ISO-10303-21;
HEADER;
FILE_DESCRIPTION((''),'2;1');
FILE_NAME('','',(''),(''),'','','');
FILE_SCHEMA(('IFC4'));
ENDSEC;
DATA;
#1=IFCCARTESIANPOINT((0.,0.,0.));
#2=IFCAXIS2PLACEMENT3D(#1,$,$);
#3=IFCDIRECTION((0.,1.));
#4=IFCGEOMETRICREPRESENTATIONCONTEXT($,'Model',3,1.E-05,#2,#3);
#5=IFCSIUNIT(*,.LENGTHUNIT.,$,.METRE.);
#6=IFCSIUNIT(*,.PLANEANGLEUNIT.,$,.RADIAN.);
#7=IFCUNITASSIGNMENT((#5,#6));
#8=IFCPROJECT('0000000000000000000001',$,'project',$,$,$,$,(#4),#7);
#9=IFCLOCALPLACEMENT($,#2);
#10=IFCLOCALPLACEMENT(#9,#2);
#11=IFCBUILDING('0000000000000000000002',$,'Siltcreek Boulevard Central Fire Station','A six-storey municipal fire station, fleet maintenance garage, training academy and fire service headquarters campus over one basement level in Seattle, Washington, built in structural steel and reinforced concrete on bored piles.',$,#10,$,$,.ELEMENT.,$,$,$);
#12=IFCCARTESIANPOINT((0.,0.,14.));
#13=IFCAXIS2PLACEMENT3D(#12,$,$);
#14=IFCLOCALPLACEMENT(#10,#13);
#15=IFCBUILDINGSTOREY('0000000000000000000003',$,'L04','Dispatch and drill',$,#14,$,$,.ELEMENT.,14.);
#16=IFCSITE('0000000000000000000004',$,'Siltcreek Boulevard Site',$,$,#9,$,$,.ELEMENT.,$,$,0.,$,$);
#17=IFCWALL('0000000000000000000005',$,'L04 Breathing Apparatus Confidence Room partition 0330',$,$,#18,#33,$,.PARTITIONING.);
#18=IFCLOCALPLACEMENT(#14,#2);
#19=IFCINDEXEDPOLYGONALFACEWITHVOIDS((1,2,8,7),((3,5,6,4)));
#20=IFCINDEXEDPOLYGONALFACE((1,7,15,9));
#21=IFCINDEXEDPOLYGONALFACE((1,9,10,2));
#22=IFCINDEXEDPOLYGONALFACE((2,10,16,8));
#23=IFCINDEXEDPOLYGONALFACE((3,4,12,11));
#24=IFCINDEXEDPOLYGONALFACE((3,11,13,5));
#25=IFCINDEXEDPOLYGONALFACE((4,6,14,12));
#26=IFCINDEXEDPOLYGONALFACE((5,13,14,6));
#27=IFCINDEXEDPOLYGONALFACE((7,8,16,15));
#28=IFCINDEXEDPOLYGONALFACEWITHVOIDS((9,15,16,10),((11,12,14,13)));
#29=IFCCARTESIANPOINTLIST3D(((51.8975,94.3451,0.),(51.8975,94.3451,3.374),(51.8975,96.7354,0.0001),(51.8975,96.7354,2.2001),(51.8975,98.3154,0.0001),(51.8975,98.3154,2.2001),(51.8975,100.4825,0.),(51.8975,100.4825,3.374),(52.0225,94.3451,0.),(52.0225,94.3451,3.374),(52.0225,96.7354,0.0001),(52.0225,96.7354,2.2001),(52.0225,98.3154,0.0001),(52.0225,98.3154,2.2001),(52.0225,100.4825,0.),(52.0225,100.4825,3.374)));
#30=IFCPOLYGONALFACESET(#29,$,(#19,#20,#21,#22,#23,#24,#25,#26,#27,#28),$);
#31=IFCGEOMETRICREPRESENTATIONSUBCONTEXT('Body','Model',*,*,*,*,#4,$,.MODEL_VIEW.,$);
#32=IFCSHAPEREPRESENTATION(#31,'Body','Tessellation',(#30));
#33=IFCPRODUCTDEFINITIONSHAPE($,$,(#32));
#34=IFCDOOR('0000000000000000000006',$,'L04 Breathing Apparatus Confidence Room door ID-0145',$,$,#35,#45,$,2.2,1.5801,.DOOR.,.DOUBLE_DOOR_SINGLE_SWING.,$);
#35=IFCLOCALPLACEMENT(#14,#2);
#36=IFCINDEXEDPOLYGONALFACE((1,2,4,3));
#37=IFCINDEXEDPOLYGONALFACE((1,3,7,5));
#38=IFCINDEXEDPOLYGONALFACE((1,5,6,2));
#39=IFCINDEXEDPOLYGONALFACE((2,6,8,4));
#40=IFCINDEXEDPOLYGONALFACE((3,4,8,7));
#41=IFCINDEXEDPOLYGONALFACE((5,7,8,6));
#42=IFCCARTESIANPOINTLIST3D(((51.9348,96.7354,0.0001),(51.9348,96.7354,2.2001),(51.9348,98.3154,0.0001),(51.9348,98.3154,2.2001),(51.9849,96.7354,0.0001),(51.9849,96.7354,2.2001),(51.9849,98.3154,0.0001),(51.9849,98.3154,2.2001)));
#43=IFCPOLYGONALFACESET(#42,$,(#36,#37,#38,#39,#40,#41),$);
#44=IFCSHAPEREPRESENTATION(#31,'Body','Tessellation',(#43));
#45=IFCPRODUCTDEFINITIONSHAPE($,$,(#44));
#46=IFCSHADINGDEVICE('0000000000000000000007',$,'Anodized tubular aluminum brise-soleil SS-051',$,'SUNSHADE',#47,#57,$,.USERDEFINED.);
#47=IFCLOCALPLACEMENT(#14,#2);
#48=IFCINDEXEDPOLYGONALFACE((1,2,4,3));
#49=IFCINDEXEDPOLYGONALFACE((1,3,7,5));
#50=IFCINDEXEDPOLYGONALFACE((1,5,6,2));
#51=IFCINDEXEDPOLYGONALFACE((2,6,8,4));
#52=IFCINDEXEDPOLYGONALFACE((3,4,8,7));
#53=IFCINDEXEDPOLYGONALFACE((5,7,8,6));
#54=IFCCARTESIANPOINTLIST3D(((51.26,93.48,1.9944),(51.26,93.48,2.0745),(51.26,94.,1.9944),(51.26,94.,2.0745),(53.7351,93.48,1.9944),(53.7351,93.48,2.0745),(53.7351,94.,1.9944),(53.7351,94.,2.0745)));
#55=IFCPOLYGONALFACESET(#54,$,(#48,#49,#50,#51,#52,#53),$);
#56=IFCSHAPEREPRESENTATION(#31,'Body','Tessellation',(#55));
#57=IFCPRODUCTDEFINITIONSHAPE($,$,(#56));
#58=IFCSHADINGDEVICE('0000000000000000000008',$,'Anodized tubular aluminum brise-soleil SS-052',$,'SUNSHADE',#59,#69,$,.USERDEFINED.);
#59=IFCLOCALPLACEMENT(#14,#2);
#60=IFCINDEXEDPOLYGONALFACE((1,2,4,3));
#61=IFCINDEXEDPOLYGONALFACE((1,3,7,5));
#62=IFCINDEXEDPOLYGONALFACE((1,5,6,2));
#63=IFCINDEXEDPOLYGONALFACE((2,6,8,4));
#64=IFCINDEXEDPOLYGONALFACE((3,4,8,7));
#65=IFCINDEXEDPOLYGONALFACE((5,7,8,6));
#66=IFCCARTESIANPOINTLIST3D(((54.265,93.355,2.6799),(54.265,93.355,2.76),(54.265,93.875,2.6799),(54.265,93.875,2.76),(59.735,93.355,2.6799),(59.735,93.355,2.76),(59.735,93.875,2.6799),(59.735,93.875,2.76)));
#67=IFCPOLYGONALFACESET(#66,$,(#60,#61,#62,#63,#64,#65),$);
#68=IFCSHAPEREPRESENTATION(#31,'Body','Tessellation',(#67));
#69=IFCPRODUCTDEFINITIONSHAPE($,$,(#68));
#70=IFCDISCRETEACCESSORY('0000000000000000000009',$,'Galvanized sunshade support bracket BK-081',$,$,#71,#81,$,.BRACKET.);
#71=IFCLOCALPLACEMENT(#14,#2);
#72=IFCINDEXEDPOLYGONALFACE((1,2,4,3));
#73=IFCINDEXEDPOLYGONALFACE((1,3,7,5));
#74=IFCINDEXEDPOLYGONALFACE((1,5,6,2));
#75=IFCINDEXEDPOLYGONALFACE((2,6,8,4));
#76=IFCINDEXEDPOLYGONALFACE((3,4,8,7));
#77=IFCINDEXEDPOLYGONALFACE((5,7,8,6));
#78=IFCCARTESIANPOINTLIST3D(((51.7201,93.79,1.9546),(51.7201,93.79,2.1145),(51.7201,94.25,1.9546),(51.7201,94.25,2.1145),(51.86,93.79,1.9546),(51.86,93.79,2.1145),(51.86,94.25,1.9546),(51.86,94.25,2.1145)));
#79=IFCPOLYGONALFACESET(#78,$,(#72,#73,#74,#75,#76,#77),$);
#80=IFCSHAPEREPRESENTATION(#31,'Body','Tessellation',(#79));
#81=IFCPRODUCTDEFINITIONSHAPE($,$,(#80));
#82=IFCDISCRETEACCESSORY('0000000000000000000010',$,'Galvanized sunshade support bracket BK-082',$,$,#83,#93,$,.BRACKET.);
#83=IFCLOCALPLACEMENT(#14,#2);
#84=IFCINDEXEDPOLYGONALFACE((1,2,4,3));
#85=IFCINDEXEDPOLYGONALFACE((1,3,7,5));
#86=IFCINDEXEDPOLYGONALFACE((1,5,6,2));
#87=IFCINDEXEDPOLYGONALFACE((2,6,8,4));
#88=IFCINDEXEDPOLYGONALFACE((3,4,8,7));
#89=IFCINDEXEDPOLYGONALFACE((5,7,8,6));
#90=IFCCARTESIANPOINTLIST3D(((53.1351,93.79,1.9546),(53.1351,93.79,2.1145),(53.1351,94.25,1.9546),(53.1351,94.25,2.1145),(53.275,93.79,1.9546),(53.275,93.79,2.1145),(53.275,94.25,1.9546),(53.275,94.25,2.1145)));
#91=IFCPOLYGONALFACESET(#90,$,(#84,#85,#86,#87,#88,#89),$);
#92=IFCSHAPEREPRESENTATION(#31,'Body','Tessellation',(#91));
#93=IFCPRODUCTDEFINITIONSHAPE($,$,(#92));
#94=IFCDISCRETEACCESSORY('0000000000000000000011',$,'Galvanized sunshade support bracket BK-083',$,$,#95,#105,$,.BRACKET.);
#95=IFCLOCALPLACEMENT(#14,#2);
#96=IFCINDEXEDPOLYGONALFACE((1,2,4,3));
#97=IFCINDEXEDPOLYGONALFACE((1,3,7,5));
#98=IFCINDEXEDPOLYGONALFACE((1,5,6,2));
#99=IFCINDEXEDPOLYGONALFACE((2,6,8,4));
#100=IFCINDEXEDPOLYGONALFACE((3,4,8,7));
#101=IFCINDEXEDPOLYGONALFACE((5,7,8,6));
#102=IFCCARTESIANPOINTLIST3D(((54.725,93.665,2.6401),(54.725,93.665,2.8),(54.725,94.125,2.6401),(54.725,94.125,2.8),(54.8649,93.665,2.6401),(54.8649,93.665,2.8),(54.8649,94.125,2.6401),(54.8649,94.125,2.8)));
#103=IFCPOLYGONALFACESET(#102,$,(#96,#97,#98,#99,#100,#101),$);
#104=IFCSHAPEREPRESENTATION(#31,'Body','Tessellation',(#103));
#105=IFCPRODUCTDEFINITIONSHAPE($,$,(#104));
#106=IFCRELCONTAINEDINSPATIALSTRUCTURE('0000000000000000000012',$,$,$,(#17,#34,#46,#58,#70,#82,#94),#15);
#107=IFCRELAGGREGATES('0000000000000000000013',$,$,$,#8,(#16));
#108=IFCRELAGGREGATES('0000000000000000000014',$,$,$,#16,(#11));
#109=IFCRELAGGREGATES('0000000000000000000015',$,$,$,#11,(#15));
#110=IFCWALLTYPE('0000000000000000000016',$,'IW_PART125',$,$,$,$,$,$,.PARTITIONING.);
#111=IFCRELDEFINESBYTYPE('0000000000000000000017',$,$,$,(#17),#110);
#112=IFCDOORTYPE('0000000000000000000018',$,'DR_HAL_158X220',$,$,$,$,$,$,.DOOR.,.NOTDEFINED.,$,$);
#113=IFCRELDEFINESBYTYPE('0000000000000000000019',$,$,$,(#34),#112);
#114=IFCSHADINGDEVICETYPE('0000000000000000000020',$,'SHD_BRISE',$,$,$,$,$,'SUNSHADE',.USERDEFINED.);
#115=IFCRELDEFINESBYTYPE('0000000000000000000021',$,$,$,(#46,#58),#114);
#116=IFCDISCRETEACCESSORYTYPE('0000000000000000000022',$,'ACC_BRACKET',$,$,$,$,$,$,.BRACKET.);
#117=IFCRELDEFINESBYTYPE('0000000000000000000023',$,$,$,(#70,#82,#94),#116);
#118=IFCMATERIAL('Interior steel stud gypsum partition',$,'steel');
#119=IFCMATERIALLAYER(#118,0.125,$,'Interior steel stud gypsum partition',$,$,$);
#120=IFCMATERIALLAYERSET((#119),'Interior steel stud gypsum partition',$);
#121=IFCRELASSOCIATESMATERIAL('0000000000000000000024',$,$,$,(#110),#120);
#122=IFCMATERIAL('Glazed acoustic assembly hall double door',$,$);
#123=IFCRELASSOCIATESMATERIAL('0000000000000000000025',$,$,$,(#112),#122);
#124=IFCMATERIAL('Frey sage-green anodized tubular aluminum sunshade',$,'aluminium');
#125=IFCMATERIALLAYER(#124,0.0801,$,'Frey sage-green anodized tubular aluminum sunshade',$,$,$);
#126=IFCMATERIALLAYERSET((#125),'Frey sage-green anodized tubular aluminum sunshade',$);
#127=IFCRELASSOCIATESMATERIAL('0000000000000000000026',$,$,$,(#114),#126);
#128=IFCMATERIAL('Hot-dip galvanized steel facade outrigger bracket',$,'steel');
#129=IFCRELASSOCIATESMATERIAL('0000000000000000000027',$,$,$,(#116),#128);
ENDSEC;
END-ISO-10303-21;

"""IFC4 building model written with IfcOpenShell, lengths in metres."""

from ifc_helpers import new_model, si_unit, direction, frame, frame_2d, origin, origin_2d, place, context, subcontext, project, spatial, rectangle, extrude, material, layer, layer_set, type_object, element, fill, save


model = new_model("IFC4")

# Units and contexts
model_context = context("Model", 3, precision=1e-05, world=origin(), true_north=direction((0.0, 1.0)))
body_context = subcontext(model_context, "Body", "Model", "MODEL_VIEW")
ifc_project = project(units=[si_unit("LENGTHUNIT", "METRE"), si_unit("PLANEANGLEUNIT", "RADIAN")], contexts=[model_context])

# Site, building, storey
site_placement = place(None, origin())
site = spatial("IfcSite", under=ifc_project, at=site_placement, Name="Siltcreek Boulevard Site", CompositionType="ELEMENT", RefElevation=0.0)
building_placement = place(site_placement, origin())
building = spatial("IfcBuilding", under=site, at=building_placement, Name="Siltcreek Boulevard Central Fire Station", Description="A six-storey municipal fire station, fleet maintenance garage, training academy and fire service headquarters campus over one basement level in Seattle, Washington, built in structural steel and reinforced concrete on bored piles.", CompositionType="ELEMENT")
storey_placement = place(building_placement, frame((0.0, 0.0, 14.0)))
storey = spatial("IfcBuildingStorey", under=building, at=storey_placement, Name="L04", Description="Dispatch and drill", CompositionType="ELEMENT", Elevation=14.0)

# Wall, opening, door
ifc_material_1 = material(Name="Interior steel stud gypsum partition", Category="steel")
ifc_layer_1 = layer(ifc_material_1, 0.125, Name="Interior steel stud gypsum partition")
ifc_layer_set_1 = layer_set([ifc_layer_1], Name="Interior steel stud gypsum partition")
wall_type_1 = type_object("IfcWallType", Name="IW_PART125", PredefinedType="PARTITIONING", material=ifc_layer_set_1)
wall_1_placement = place(storey_placement, frame((51.96, 94.345, 0.0), z_axis=(0.0, 0.0, 1.0), x_axis=(0.0, 1.0, 0.0)))
wall_1 = element("IfcWall", 1, at=wall_1_placement, inside=storey, type_object=wall_type_1, Name="L04 Breathing Apparatus Confidence Room partition 0330", PredefinedType="PARTITIONING", context=body_context, shape_type="SweptSolid", body=[
    extrude(rectangle(XDim=6.1375, YDim=0.125, at=frame_2d((3.0688, 0.0))), origin(), (0.0, 0.0, 1.0), 3.374),
])
opening_1_placement = place(wall_1_placement, frame((2.3904, 0.0, 0.0)))
opening_1 = element("IfcOpeningElement", 2, at=opening_1_placement, cuts=wall_1, PredefinedType="OPENING", context=body_context, shape_type="SweptSolid", body=[
    extrude(rectangle(XDim=1.5801, YDim=2.2, at=frame_2d((0.79, 1.1001))), frame((0.0, 0.0725, 0.0), z_axis=(0.0, -1.0, 0.0), x_axis=(1.0, 0.0, 0.0)), (0.0, 0.0, 1.0), 0.145),
])
ifc_material_2 = material(Name="Glazed acoustic assembly hall double door")
door_type = type_object("IfcDoorType", Name="DR_HAL_158X220", OperationType="NOTDEFINED", PredefinedType="DOOR", material=ifc_material_2)
door_placement = place(opening_1_placement, frame((1.5801, 0.0, 0.0), z_axis=(0.0, 0.0, 1.0), x_axis=(-1.0, 0.0, 0.0)))
door = element("IfcDoor", 3, at=door_placement, inside=storey, type_object=door_type, Name="L04 Breathing Apparatus Confidence Room door ID-0145", OperationType="DOUBLE_DOOR_SINGLE_SWING", OverallHeight=2.2, OverallWidth=1.5801, PredefinedType="DOOR", context=body_context, shape_type="SweptSolid", body=[
    extrude(rectangle(XDim=1.5801, YDim=2.2, at=frame_2d((0.79, 1.1001))), frame((0.0, 0.0249, 0.0), z_axis=(0.0, -1.0, 0.0), x_axis=(1.0, 0.0, 0.0)), (0.0, 0.0, 1.0), 0.05),
])
fill(opening_1, door)

# Shading devices
ifc_material_3 = material(Name="Frey sage-green anodized tubular aluminum sunshade", Category="aluminium")
ifc_layer_2 = layer(ifc_material_3, 0.0801, Name="Frey sage-green anodized tubular aluminum sunshade")
ifc_layer_set_2 = layer_set([ifc_layer_2], Name="Frey sage-green anodized tubular aluminum sunshade")
shading_device_type = type_object("IfcShadingDeviceType", Name="SHD_BRISE", ElementType="SUNSHADE", PredefinedType="USERDEFINED", material=ifc_layer_set_2)
shading_device_1_placement = place(storey_placement, frame((52.4976, 93.74, 1.9944), z_axis=(0.0, 0.0, 1.0), x_axis=(1.0, 0.0, 0.0)))
element("IfcShadingDevice", 4, at=shading_device_1_placement, inside=storey, type_object=shading_device_type, Name="Anodized tubular aluminum brise-soleil SS-051", ObjectType="SUNSHADE", PredefinedType="USERDEFINED", context=body_context, shape_type="SweptSolid", body=[
    extrude(rectangle(XDim=2.4751, YDim=0.52, at=origin_2d()), origin(), (0.0, 0.0, 1.0), 0.0801),
])
shading_device_2_placement = place(storey_placement, frame((57.0, 93.615, 2.6799), z_axis=(0.0, 0.0, 1.0), x_axis=(1.0, 0.0, 0.0)))
element("IfcShadingDevice", 5, at=shading_device_2_placement, inside=storey, type_object=shading_device_type, Name="Anodized tubular aluminum brise-soleil SS-052", ObjectType="SUNSHADE", PredefinedType="USERDEFINED", context=body_context, shape_type="SweptSolid", body=[
    extrude(rectangle(XDim=5.47, YDim=0.52, at=origin_2d()), origin(), (0.0, 0.0, 1.0), 0.0801),
])

# Discrete accessories
ifc_material_4 = material(Name="Hot-dip galvanized steel facade outrigger bracket", Category="steel")
discrete_accessory_type = type_object("IfcDiscreteAccessoryType", Name="ACC_BRACKET", PredefinedType="BRACKET", material=ifc_material_4)
for number, where, z_axis, x_axis, name in (
    (6, (51.79, 94.02, 1.9546), (0.0, 0.0, 1.0), (1.0, 0.0, 0.0), "Galvanized sunshade support bracket BK-081"),
    (7, (53.2051, 94.02, 1.9546), (0.0, 0.0, 1.0), (1.0, 0.0, 0.0), "Galvanized sunshade support bracket BK-082"),
    (8, (54.7949, 93.895, 2.6401), (0.0, 0.0, 1.0), (1.0, 0.0, 0.0), "Galvanized sunshade support bracket BK-083"),
):
    element("IfcDiscreteAccessory", number, at=place(storey_placement, frame(where, z_axis=z_axis, x_axis=x_axis)), inside=storey, type_object=discrete_accessory_type, Name=name, PredefinedType="BRACKET", context=body_context, shape_type="SweptSolid", body=[
        extrude(rectangle(XDim=0.1399, YDim=0.46, at=origin_2d()), origin(), (0.0, 0.0, 1.0), 0.1599),
    ])

save(model, "model.ifc")
